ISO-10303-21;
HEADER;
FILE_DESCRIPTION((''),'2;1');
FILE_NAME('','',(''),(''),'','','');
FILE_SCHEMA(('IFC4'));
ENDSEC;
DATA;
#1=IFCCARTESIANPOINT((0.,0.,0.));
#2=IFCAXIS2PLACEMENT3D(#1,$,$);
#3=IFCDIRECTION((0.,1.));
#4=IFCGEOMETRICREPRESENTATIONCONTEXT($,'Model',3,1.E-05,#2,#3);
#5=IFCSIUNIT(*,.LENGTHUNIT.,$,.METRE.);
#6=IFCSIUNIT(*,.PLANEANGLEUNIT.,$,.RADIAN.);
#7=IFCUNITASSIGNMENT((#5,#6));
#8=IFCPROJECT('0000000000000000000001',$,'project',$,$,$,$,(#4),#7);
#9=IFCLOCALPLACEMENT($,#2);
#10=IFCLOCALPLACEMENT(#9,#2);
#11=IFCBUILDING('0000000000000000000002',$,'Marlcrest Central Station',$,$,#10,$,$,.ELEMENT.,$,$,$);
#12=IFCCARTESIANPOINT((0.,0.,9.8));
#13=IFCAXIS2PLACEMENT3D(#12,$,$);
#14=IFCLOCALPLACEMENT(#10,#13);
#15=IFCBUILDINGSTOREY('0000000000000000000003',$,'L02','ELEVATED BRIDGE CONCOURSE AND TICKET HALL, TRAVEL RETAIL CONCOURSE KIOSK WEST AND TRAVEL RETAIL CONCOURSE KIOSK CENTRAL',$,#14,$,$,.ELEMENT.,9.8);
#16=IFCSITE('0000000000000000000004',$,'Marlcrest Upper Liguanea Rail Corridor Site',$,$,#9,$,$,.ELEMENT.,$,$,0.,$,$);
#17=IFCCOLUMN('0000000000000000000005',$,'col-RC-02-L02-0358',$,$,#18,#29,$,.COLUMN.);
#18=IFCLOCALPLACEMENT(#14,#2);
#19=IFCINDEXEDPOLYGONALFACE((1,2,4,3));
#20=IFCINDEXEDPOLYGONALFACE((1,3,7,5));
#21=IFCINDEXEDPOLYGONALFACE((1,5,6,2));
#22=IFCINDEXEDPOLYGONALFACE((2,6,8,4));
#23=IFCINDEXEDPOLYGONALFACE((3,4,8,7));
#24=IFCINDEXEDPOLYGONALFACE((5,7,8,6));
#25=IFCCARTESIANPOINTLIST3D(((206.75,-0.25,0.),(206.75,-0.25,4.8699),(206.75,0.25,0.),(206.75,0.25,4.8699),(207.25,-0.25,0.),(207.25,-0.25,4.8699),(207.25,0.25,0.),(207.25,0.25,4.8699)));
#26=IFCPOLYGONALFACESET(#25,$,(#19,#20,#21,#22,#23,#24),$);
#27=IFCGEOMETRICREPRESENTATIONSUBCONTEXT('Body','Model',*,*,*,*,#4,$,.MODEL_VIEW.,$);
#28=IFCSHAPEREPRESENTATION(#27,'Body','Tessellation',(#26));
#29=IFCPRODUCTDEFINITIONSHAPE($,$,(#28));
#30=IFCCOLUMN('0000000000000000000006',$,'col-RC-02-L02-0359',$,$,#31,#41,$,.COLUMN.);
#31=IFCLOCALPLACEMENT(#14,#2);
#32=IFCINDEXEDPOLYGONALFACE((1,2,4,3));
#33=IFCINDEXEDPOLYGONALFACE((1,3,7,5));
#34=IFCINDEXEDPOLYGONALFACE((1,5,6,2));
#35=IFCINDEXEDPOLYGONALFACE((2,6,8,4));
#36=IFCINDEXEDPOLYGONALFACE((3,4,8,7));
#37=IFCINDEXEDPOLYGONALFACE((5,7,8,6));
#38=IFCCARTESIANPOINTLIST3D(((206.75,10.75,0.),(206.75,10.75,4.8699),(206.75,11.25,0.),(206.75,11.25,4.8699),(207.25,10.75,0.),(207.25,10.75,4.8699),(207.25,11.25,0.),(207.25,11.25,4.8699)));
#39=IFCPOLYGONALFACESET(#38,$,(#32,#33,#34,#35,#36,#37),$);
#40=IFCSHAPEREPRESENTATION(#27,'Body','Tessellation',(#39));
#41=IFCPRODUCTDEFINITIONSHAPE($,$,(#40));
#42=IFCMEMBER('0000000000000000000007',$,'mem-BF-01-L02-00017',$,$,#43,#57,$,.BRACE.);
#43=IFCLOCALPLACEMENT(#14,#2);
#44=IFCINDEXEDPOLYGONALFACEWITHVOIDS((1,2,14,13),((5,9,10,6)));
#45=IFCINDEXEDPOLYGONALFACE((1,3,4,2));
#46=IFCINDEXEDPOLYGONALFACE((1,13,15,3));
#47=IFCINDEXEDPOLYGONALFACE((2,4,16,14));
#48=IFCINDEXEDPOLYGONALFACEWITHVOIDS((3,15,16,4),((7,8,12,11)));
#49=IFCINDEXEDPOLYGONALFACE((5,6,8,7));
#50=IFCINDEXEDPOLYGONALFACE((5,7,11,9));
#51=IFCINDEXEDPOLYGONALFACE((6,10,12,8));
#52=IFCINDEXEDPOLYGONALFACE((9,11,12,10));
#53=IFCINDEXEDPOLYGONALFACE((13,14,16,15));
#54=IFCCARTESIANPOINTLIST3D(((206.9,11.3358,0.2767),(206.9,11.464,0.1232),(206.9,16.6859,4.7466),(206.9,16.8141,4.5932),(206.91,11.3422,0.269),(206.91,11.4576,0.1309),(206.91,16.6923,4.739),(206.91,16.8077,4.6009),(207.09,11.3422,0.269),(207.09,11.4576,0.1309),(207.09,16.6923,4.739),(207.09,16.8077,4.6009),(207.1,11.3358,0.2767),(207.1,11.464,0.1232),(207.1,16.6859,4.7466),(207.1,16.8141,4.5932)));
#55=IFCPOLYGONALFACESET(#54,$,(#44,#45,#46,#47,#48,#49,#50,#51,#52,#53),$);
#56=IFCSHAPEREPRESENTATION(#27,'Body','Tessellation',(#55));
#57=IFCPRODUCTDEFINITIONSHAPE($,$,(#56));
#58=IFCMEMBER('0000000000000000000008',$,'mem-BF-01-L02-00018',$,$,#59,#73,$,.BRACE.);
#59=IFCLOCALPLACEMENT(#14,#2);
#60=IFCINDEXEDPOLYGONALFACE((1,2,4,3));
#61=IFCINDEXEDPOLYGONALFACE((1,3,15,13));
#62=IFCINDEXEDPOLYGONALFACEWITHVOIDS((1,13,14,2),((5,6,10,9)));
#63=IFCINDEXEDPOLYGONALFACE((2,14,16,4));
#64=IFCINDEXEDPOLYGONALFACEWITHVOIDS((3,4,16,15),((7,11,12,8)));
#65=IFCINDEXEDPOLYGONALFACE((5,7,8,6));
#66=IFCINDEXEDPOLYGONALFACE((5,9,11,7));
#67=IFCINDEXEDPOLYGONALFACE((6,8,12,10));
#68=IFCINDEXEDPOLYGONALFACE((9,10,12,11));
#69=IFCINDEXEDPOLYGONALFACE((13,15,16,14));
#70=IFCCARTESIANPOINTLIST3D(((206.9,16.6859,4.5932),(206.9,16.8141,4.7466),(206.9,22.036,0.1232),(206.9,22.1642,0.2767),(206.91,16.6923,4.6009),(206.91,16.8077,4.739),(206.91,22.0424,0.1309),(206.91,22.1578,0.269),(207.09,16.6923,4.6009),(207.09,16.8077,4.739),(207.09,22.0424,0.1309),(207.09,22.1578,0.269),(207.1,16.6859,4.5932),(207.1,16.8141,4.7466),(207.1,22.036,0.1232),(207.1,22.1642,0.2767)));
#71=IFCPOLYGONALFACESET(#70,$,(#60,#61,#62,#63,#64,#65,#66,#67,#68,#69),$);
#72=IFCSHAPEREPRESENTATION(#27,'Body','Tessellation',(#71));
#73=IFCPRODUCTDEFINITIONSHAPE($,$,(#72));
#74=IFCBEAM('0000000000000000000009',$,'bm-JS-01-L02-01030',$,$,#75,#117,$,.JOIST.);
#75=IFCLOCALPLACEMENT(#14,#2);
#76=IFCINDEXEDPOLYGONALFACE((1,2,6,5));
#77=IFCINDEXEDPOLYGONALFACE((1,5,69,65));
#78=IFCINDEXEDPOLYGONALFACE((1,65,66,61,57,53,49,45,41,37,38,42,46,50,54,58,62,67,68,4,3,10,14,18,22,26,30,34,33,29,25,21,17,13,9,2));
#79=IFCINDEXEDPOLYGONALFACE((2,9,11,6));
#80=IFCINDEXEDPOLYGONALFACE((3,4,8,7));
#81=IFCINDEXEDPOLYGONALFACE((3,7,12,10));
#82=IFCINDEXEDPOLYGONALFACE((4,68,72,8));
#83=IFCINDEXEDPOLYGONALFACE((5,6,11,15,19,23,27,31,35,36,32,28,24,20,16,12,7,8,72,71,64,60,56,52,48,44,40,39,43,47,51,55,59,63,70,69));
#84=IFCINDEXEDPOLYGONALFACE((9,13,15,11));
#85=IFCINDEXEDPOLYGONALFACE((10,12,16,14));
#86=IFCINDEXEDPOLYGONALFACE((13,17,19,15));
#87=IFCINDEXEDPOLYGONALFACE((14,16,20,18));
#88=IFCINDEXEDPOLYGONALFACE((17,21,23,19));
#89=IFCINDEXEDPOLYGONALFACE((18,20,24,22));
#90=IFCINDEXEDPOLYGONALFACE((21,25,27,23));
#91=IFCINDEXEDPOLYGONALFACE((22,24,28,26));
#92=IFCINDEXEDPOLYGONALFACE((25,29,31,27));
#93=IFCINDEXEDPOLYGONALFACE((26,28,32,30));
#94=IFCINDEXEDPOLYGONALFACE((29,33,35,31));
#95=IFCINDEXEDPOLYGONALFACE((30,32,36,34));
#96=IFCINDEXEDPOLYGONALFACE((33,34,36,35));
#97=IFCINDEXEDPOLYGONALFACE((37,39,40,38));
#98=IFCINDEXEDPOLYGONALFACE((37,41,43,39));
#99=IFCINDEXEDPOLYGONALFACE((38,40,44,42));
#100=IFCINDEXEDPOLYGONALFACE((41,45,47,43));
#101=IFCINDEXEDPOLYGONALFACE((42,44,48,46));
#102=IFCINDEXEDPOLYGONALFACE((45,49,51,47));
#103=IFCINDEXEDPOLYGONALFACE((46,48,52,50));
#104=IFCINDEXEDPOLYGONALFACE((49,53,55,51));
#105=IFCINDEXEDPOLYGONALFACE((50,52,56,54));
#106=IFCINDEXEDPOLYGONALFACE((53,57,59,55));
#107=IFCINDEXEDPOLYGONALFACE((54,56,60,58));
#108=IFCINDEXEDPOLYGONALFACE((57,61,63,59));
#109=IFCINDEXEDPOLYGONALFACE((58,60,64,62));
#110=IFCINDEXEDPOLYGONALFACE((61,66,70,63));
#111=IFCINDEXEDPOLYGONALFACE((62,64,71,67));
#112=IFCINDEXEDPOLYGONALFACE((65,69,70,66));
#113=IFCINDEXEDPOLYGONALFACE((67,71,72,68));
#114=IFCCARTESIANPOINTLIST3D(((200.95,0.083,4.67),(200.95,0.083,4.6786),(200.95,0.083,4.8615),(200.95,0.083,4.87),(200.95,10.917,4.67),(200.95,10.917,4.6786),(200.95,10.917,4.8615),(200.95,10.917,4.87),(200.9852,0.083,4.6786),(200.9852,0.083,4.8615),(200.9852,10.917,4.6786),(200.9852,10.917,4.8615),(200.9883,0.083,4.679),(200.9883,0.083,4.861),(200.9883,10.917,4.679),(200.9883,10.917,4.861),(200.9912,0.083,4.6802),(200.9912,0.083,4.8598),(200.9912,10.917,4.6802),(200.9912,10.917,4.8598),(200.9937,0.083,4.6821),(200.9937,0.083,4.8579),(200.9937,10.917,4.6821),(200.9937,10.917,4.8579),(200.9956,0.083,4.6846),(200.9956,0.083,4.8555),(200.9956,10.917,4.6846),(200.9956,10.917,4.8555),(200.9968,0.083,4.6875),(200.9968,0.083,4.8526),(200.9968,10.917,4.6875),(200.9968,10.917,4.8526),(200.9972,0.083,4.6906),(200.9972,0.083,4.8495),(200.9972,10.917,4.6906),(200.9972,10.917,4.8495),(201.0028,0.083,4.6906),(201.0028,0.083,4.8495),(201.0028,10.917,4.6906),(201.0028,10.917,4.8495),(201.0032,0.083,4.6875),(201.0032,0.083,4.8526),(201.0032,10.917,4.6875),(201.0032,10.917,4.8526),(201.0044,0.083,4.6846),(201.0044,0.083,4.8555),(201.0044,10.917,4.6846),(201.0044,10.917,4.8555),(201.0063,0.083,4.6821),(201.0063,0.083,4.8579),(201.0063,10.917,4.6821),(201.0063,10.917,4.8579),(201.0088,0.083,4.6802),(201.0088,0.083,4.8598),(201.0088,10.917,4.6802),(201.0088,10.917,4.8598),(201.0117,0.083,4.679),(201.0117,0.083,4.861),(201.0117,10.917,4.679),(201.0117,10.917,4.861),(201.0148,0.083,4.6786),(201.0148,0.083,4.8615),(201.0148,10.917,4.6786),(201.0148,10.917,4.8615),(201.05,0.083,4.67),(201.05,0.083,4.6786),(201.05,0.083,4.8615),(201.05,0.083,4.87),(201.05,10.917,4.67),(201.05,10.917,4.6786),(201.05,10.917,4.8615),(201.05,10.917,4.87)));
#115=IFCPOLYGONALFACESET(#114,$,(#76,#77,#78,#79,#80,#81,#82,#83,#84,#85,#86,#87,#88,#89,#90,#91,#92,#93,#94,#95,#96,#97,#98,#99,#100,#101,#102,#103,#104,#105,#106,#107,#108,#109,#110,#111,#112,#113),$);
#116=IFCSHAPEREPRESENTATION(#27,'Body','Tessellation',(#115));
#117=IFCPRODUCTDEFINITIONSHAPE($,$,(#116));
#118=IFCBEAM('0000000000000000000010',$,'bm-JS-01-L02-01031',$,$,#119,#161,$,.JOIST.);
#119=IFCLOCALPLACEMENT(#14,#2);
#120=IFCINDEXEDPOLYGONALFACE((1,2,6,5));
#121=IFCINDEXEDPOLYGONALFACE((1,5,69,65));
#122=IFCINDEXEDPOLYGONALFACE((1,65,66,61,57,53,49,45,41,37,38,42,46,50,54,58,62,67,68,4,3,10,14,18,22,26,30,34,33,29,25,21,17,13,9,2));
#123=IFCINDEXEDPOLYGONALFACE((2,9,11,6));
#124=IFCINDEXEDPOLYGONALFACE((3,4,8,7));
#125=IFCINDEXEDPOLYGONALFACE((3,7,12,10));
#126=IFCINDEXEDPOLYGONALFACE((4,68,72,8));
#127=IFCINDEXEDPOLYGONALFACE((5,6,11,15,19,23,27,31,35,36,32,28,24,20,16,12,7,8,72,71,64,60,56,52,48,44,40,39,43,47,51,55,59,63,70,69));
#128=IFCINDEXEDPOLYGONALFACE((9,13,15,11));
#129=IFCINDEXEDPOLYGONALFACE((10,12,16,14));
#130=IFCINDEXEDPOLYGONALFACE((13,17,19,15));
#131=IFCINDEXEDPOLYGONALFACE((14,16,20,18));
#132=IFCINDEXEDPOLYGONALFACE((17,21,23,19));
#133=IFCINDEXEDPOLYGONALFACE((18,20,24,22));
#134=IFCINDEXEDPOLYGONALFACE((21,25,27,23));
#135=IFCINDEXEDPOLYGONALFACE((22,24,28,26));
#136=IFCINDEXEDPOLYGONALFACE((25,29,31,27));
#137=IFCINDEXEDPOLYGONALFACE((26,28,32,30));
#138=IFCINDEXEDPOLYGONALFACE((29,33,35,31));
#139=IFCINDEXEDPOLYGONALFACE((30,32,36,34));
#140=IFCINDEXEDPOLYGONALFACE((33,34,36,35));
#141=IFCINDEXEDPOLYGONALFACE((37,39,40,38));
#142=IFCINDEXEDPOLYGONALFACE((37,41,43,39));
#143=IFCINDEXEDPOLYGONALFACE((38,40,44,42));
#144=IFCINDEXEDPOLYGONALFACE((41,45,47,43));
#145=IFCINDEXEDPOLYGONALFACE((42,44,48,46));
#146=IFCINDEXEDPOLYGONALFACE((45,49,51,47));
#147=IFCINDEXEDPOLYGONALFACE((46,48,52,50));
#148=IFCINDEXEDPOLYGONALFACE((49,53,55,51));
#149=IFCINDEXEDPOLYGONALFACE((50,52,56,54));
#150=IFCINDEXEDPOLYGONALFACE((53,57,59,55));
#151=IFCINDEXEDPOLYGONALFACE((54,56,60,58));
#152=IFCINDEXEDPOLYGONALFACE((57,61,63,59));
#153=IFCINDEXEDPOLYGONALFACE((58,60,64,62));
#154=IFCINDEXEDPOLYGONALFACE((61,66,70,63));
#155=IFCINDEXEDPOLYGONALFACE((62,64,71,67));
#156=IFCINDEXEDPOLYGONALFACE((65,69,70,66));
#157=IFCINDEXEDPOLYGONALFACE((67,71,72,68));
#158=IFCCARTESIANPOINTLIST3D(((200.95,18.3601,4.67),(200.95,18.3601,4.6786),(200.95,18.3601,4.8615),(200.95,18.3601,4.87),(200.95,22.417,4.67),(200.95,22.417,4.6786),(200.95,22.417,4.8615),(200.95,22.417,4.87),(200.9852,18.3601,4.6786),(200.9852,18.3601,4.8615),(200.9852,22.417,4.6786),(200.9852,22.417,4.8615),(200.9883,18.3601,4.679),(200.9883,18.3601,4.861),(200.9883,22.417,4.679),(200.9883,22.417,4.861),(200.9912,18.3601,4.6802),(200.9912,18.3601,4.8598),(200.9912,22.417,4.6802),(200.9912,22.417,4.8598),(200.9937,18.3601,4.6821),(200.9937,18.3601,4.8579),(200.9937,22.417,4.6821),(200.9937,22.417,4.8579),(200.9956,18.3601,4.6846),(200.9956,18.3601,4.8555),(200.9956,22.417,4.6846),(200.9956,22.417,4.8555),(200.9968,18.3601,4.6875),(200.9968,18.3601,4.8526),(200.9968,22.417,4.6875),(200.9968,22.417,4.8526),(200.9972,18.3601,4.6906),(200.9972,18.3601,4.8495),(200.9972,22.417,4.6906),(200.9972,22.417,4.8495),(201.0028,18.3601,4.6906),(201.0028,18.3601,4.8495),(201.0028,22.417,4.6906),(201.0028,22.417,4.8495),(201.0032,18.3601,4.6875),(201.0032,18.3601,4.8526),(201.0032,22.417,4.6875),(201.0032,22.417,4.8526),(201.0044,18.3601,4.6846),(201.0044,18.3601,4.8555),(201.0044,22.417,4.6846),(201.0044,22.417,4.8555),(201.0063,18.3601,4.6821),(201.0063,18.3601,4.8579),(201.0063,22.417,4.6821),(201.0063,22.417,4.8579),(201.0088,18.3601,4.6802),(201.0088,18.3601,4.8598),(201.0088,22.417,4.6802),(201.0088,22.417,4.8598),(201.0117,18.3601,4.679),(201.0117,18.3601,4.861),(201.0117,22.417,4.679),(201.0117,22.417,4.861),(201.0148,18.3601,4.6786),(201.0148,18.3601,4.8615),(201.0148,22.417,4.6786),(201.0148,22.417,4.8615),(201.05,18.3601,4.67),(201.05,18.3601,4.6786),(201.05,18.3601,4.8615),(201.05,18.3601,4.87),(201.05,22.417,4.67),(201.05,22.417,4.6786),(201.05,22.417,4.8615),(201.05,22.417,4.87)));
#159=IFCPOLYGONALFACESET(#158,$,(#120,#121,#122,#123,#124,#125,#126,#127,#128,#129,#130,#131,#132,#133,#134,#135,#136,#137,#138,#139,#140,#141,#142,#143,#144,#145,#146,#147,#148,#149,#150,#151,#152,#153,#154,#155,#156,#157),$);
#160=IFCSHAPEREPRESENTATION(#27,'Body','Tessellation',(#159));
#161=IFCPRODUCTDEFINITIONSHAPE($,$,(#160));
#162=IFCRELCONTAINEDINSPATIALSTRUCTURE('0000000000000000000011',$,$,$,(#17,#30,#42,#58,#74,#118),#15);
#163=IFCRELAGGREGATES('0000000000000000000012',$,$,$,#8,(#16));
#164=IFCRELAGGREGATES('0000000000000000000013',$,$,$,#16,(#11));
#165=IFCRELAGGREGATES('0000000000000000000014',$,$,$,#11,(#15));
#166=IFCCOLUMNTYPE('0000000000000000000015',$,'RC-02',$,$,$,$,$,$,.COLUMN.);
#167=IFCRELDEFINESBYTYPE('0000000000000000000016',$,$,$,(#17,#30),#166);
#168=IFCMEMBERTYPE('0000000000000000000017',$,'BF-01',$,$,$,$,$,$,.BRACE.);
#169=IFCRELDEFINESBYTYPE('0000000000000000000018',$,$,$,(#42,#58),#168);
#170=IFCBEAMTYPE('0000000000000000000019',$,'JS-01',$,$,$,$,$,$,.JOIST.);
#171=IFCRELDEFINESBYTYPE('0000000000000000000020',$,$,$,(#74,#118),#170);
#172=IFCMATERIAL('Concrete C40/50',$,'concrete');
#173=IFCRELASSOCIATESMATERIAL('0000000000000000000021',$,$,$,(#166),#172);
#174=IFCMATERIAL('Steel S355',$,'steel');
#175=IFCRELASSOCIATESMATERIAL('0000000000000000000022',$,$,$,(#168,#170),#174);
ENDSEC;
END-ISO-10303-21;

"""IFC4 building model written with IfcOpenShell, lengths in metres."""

from ifc_helpers import new_model, si_unit, direction, frame, origin, origin_2d, place, context, subcontext, project, spatial, rectangle, hollow_rectangle, i_section, extrude, material, material_profile, profile_set, type_object, element, save


model = new_model("IFC4")

# Units and contexts
model_context = context("Model", 3, precision=1e-05, world=origin(), true_north=direction((0.0, 1.0)))
body_context = subcontext(model_context, "Body", "Model", "MODEL_VIEW")
ifc_project = project(units=[si_unit("LENGTHUNIT", "METRE"), si_unit("PLANEANGLEUNIT", "RADIAN")], contexts=[model_context])

# Site, building, storey
site_placement = place(None, origin())
site = spatial("IfcSite", under=ifc_project, at=site_placement, Name="Marlcrest Upper Liguanea Rail Corridor Site", CompositionType="ELEMENT", RefElevation=0.0)
building_placement = place(site_placement, origin())
building = spatial("IfcBuilding", under=site, at=building_placement, Name="Marlcrest Central Station", CompositionType="ELEMENT")
storey_placement = place(building_placement, frame((0.0, 0.0, 9.8)))
storey = spatial("IfcBuildingStorey", under=building, at=storey_placement, Name="L02", Description="ELEVATED BRIDGE CONCOURSE AND TICKET HALL, TRAVEL RETAIL CONCOURSE KIOSK WEST AND TRAVEL RETAIL CONCOURSE KIOSK CENTRAL", CompositionType="ELEMENT", Elevation=9.8)

# Columns
ifc_material_1 = material(Name="Concrete C40/50", Category="concrete")
ifc_material_profile_1 = material_profile(ifc_material_1, rectangle(XDim=0.5, YDim=0.5, at=origin_2d()), Name="RC 500x500")
ifc_profile_set_1 = profile_set([ifc_material_profile_1], Name="Concrete C40/50")
column_type = type_object("IfcColumnType", Name="RC-02", PredefinedType="COLUMN", material=ifc_profile_set_1)
for number, where, z_axis, x_axis, name in (
    (1, (207.0, 0.0, 0.0), (0.0, 0.0, 1.0), (1.0, 0.0, 0.0), "col-RC-02-L02-0358"),
    (2, (207.0, 11.0, 0.0), (0.0, 0.0, 1.0), (1.0, 0.0, 0.0), "col-RC-02-L02-0359"),
):
    element("IfcColumn", number, at=place(storey_placement, frame(where, z_axis=z_axis, x_axis=x_axis)), inside=storey, type_object=column_type, Name=name, PredefinedType="COLUMN", context=body_context, shape_type="SweptSolid", body=[
        extrude(rectangle(XDim=0.5, YDim=0.5, at=origin_2d()), origin(), (0.0, 0.0, 1.0), 4.8699),
    ])

# Members
ifc_material_2 = material(Name="Steel S355", Category="steel")
ifc_material_profile_2 = material_profile(ifc_material_2, hollow_rectangle(XDim=0.2, YDim=0.2, WallThickness=0.01, at=origin_2d()), Name="SHS 200x200x10")
ifc_profile_set_2 = profile_set([ifc_material_profile_2], Name="Steel S355")
member_type = type_object("IfcMemberType", Name="BF-01", PredefinedType="BRACE", material=ifc_profile_set_2)
for number, where, z_axis, x_axis, name in (
    (3, (207.0, 11.3999, 0.2), (0.0, 0.767405, 0.641162), (-1.0, 0.0, 0.0), "mem-BF-01-L02-00017"),
    (4, (207.0, 22.1001, 0.2), (0.0, -0.767405, 0.641162), (1.0, 0.0, 0.0), "mem-BF-01-L02-00018"),
):
    element("IfcMember", number, at=place(storey_placement, frame(where, z_axis=z_axis, x_axis=x_axis)), inside=storey, type_object=member_type, Name=name, PredefinedType="BRACE", context=body_context, shape_type="SweptSolid", body=[
        extrude(hollow_rectangle(XDim=0.2, YDim=0.2, WallThickness=0.01, at=origin_2d()), origin(), (0.0, 0.0, 1.0), 6.9717),
    ])

# Beams
ifc_material_profile_3 = material_profile(ifc_material_2, i_section(OverallWidth=0.1001, OverallDepth=0.2, WebThickness=0.0056, FlangeThickness=0.0085, FilletRadius=0.012, at=origin_2d()), Name="IPE 200")
ifc_profile_set_3 = profile_set([ifc_material_profile_3], Name="Steel S355")
beam_type_1 = type_object("IfcBeamType", Name="JS-01", PredefinedType="JOIST", material=ifc_profile_set_3)
beam_1_placement = place(storey_placement, frame((201.0, 0.083, 4.77), z_axis=(0.0, 1.0, 0.0), x_axis=(-1.0, 0.0, 0.0)))
element("IfcBeam", 5, at=beam_1_placement, inside=storey, type_object=beam_type_1, Name="bm-JS-01-L02-01030", PredefinedType="JOIST", context=body_context, shape_type="SweptSolid", body=[
    extrude(i_section(OverallWidth=0.1001, OverallDepth=0.2, WebThickness=0.0056, FlangeThickness=0.0085, FilletRadius=0.012, at=origin_2d()), origin(), (0.0, 0.0, 1.0), 10.834),
])
beam_2_placement = place(storey_placement, frame((201.0, 18.3601, 4.77), z_axis=(0.0, 1.0, 0.0), x_axis=(-1.0, 0.0, 0.0)))
element("IfcBeam", 6, at=beam_2_placement, inside=storey, type_object=beam_type_1, Name="bm-JS-01-L02-01031", PredefinedType="JOIST", context=body_context, shape_type="SweptSolid", body=[
    extrude(i_section(OverallWidth=0.1001, OverallDepth=0.2, WebThickness=0.0056, FlangeThickness=0.0085, FilletRadius=0.012, at=origin_2d()), origin(), (0.0, 0.0, 1.0), 4.0569),
])

save(model, "model.ifc")
